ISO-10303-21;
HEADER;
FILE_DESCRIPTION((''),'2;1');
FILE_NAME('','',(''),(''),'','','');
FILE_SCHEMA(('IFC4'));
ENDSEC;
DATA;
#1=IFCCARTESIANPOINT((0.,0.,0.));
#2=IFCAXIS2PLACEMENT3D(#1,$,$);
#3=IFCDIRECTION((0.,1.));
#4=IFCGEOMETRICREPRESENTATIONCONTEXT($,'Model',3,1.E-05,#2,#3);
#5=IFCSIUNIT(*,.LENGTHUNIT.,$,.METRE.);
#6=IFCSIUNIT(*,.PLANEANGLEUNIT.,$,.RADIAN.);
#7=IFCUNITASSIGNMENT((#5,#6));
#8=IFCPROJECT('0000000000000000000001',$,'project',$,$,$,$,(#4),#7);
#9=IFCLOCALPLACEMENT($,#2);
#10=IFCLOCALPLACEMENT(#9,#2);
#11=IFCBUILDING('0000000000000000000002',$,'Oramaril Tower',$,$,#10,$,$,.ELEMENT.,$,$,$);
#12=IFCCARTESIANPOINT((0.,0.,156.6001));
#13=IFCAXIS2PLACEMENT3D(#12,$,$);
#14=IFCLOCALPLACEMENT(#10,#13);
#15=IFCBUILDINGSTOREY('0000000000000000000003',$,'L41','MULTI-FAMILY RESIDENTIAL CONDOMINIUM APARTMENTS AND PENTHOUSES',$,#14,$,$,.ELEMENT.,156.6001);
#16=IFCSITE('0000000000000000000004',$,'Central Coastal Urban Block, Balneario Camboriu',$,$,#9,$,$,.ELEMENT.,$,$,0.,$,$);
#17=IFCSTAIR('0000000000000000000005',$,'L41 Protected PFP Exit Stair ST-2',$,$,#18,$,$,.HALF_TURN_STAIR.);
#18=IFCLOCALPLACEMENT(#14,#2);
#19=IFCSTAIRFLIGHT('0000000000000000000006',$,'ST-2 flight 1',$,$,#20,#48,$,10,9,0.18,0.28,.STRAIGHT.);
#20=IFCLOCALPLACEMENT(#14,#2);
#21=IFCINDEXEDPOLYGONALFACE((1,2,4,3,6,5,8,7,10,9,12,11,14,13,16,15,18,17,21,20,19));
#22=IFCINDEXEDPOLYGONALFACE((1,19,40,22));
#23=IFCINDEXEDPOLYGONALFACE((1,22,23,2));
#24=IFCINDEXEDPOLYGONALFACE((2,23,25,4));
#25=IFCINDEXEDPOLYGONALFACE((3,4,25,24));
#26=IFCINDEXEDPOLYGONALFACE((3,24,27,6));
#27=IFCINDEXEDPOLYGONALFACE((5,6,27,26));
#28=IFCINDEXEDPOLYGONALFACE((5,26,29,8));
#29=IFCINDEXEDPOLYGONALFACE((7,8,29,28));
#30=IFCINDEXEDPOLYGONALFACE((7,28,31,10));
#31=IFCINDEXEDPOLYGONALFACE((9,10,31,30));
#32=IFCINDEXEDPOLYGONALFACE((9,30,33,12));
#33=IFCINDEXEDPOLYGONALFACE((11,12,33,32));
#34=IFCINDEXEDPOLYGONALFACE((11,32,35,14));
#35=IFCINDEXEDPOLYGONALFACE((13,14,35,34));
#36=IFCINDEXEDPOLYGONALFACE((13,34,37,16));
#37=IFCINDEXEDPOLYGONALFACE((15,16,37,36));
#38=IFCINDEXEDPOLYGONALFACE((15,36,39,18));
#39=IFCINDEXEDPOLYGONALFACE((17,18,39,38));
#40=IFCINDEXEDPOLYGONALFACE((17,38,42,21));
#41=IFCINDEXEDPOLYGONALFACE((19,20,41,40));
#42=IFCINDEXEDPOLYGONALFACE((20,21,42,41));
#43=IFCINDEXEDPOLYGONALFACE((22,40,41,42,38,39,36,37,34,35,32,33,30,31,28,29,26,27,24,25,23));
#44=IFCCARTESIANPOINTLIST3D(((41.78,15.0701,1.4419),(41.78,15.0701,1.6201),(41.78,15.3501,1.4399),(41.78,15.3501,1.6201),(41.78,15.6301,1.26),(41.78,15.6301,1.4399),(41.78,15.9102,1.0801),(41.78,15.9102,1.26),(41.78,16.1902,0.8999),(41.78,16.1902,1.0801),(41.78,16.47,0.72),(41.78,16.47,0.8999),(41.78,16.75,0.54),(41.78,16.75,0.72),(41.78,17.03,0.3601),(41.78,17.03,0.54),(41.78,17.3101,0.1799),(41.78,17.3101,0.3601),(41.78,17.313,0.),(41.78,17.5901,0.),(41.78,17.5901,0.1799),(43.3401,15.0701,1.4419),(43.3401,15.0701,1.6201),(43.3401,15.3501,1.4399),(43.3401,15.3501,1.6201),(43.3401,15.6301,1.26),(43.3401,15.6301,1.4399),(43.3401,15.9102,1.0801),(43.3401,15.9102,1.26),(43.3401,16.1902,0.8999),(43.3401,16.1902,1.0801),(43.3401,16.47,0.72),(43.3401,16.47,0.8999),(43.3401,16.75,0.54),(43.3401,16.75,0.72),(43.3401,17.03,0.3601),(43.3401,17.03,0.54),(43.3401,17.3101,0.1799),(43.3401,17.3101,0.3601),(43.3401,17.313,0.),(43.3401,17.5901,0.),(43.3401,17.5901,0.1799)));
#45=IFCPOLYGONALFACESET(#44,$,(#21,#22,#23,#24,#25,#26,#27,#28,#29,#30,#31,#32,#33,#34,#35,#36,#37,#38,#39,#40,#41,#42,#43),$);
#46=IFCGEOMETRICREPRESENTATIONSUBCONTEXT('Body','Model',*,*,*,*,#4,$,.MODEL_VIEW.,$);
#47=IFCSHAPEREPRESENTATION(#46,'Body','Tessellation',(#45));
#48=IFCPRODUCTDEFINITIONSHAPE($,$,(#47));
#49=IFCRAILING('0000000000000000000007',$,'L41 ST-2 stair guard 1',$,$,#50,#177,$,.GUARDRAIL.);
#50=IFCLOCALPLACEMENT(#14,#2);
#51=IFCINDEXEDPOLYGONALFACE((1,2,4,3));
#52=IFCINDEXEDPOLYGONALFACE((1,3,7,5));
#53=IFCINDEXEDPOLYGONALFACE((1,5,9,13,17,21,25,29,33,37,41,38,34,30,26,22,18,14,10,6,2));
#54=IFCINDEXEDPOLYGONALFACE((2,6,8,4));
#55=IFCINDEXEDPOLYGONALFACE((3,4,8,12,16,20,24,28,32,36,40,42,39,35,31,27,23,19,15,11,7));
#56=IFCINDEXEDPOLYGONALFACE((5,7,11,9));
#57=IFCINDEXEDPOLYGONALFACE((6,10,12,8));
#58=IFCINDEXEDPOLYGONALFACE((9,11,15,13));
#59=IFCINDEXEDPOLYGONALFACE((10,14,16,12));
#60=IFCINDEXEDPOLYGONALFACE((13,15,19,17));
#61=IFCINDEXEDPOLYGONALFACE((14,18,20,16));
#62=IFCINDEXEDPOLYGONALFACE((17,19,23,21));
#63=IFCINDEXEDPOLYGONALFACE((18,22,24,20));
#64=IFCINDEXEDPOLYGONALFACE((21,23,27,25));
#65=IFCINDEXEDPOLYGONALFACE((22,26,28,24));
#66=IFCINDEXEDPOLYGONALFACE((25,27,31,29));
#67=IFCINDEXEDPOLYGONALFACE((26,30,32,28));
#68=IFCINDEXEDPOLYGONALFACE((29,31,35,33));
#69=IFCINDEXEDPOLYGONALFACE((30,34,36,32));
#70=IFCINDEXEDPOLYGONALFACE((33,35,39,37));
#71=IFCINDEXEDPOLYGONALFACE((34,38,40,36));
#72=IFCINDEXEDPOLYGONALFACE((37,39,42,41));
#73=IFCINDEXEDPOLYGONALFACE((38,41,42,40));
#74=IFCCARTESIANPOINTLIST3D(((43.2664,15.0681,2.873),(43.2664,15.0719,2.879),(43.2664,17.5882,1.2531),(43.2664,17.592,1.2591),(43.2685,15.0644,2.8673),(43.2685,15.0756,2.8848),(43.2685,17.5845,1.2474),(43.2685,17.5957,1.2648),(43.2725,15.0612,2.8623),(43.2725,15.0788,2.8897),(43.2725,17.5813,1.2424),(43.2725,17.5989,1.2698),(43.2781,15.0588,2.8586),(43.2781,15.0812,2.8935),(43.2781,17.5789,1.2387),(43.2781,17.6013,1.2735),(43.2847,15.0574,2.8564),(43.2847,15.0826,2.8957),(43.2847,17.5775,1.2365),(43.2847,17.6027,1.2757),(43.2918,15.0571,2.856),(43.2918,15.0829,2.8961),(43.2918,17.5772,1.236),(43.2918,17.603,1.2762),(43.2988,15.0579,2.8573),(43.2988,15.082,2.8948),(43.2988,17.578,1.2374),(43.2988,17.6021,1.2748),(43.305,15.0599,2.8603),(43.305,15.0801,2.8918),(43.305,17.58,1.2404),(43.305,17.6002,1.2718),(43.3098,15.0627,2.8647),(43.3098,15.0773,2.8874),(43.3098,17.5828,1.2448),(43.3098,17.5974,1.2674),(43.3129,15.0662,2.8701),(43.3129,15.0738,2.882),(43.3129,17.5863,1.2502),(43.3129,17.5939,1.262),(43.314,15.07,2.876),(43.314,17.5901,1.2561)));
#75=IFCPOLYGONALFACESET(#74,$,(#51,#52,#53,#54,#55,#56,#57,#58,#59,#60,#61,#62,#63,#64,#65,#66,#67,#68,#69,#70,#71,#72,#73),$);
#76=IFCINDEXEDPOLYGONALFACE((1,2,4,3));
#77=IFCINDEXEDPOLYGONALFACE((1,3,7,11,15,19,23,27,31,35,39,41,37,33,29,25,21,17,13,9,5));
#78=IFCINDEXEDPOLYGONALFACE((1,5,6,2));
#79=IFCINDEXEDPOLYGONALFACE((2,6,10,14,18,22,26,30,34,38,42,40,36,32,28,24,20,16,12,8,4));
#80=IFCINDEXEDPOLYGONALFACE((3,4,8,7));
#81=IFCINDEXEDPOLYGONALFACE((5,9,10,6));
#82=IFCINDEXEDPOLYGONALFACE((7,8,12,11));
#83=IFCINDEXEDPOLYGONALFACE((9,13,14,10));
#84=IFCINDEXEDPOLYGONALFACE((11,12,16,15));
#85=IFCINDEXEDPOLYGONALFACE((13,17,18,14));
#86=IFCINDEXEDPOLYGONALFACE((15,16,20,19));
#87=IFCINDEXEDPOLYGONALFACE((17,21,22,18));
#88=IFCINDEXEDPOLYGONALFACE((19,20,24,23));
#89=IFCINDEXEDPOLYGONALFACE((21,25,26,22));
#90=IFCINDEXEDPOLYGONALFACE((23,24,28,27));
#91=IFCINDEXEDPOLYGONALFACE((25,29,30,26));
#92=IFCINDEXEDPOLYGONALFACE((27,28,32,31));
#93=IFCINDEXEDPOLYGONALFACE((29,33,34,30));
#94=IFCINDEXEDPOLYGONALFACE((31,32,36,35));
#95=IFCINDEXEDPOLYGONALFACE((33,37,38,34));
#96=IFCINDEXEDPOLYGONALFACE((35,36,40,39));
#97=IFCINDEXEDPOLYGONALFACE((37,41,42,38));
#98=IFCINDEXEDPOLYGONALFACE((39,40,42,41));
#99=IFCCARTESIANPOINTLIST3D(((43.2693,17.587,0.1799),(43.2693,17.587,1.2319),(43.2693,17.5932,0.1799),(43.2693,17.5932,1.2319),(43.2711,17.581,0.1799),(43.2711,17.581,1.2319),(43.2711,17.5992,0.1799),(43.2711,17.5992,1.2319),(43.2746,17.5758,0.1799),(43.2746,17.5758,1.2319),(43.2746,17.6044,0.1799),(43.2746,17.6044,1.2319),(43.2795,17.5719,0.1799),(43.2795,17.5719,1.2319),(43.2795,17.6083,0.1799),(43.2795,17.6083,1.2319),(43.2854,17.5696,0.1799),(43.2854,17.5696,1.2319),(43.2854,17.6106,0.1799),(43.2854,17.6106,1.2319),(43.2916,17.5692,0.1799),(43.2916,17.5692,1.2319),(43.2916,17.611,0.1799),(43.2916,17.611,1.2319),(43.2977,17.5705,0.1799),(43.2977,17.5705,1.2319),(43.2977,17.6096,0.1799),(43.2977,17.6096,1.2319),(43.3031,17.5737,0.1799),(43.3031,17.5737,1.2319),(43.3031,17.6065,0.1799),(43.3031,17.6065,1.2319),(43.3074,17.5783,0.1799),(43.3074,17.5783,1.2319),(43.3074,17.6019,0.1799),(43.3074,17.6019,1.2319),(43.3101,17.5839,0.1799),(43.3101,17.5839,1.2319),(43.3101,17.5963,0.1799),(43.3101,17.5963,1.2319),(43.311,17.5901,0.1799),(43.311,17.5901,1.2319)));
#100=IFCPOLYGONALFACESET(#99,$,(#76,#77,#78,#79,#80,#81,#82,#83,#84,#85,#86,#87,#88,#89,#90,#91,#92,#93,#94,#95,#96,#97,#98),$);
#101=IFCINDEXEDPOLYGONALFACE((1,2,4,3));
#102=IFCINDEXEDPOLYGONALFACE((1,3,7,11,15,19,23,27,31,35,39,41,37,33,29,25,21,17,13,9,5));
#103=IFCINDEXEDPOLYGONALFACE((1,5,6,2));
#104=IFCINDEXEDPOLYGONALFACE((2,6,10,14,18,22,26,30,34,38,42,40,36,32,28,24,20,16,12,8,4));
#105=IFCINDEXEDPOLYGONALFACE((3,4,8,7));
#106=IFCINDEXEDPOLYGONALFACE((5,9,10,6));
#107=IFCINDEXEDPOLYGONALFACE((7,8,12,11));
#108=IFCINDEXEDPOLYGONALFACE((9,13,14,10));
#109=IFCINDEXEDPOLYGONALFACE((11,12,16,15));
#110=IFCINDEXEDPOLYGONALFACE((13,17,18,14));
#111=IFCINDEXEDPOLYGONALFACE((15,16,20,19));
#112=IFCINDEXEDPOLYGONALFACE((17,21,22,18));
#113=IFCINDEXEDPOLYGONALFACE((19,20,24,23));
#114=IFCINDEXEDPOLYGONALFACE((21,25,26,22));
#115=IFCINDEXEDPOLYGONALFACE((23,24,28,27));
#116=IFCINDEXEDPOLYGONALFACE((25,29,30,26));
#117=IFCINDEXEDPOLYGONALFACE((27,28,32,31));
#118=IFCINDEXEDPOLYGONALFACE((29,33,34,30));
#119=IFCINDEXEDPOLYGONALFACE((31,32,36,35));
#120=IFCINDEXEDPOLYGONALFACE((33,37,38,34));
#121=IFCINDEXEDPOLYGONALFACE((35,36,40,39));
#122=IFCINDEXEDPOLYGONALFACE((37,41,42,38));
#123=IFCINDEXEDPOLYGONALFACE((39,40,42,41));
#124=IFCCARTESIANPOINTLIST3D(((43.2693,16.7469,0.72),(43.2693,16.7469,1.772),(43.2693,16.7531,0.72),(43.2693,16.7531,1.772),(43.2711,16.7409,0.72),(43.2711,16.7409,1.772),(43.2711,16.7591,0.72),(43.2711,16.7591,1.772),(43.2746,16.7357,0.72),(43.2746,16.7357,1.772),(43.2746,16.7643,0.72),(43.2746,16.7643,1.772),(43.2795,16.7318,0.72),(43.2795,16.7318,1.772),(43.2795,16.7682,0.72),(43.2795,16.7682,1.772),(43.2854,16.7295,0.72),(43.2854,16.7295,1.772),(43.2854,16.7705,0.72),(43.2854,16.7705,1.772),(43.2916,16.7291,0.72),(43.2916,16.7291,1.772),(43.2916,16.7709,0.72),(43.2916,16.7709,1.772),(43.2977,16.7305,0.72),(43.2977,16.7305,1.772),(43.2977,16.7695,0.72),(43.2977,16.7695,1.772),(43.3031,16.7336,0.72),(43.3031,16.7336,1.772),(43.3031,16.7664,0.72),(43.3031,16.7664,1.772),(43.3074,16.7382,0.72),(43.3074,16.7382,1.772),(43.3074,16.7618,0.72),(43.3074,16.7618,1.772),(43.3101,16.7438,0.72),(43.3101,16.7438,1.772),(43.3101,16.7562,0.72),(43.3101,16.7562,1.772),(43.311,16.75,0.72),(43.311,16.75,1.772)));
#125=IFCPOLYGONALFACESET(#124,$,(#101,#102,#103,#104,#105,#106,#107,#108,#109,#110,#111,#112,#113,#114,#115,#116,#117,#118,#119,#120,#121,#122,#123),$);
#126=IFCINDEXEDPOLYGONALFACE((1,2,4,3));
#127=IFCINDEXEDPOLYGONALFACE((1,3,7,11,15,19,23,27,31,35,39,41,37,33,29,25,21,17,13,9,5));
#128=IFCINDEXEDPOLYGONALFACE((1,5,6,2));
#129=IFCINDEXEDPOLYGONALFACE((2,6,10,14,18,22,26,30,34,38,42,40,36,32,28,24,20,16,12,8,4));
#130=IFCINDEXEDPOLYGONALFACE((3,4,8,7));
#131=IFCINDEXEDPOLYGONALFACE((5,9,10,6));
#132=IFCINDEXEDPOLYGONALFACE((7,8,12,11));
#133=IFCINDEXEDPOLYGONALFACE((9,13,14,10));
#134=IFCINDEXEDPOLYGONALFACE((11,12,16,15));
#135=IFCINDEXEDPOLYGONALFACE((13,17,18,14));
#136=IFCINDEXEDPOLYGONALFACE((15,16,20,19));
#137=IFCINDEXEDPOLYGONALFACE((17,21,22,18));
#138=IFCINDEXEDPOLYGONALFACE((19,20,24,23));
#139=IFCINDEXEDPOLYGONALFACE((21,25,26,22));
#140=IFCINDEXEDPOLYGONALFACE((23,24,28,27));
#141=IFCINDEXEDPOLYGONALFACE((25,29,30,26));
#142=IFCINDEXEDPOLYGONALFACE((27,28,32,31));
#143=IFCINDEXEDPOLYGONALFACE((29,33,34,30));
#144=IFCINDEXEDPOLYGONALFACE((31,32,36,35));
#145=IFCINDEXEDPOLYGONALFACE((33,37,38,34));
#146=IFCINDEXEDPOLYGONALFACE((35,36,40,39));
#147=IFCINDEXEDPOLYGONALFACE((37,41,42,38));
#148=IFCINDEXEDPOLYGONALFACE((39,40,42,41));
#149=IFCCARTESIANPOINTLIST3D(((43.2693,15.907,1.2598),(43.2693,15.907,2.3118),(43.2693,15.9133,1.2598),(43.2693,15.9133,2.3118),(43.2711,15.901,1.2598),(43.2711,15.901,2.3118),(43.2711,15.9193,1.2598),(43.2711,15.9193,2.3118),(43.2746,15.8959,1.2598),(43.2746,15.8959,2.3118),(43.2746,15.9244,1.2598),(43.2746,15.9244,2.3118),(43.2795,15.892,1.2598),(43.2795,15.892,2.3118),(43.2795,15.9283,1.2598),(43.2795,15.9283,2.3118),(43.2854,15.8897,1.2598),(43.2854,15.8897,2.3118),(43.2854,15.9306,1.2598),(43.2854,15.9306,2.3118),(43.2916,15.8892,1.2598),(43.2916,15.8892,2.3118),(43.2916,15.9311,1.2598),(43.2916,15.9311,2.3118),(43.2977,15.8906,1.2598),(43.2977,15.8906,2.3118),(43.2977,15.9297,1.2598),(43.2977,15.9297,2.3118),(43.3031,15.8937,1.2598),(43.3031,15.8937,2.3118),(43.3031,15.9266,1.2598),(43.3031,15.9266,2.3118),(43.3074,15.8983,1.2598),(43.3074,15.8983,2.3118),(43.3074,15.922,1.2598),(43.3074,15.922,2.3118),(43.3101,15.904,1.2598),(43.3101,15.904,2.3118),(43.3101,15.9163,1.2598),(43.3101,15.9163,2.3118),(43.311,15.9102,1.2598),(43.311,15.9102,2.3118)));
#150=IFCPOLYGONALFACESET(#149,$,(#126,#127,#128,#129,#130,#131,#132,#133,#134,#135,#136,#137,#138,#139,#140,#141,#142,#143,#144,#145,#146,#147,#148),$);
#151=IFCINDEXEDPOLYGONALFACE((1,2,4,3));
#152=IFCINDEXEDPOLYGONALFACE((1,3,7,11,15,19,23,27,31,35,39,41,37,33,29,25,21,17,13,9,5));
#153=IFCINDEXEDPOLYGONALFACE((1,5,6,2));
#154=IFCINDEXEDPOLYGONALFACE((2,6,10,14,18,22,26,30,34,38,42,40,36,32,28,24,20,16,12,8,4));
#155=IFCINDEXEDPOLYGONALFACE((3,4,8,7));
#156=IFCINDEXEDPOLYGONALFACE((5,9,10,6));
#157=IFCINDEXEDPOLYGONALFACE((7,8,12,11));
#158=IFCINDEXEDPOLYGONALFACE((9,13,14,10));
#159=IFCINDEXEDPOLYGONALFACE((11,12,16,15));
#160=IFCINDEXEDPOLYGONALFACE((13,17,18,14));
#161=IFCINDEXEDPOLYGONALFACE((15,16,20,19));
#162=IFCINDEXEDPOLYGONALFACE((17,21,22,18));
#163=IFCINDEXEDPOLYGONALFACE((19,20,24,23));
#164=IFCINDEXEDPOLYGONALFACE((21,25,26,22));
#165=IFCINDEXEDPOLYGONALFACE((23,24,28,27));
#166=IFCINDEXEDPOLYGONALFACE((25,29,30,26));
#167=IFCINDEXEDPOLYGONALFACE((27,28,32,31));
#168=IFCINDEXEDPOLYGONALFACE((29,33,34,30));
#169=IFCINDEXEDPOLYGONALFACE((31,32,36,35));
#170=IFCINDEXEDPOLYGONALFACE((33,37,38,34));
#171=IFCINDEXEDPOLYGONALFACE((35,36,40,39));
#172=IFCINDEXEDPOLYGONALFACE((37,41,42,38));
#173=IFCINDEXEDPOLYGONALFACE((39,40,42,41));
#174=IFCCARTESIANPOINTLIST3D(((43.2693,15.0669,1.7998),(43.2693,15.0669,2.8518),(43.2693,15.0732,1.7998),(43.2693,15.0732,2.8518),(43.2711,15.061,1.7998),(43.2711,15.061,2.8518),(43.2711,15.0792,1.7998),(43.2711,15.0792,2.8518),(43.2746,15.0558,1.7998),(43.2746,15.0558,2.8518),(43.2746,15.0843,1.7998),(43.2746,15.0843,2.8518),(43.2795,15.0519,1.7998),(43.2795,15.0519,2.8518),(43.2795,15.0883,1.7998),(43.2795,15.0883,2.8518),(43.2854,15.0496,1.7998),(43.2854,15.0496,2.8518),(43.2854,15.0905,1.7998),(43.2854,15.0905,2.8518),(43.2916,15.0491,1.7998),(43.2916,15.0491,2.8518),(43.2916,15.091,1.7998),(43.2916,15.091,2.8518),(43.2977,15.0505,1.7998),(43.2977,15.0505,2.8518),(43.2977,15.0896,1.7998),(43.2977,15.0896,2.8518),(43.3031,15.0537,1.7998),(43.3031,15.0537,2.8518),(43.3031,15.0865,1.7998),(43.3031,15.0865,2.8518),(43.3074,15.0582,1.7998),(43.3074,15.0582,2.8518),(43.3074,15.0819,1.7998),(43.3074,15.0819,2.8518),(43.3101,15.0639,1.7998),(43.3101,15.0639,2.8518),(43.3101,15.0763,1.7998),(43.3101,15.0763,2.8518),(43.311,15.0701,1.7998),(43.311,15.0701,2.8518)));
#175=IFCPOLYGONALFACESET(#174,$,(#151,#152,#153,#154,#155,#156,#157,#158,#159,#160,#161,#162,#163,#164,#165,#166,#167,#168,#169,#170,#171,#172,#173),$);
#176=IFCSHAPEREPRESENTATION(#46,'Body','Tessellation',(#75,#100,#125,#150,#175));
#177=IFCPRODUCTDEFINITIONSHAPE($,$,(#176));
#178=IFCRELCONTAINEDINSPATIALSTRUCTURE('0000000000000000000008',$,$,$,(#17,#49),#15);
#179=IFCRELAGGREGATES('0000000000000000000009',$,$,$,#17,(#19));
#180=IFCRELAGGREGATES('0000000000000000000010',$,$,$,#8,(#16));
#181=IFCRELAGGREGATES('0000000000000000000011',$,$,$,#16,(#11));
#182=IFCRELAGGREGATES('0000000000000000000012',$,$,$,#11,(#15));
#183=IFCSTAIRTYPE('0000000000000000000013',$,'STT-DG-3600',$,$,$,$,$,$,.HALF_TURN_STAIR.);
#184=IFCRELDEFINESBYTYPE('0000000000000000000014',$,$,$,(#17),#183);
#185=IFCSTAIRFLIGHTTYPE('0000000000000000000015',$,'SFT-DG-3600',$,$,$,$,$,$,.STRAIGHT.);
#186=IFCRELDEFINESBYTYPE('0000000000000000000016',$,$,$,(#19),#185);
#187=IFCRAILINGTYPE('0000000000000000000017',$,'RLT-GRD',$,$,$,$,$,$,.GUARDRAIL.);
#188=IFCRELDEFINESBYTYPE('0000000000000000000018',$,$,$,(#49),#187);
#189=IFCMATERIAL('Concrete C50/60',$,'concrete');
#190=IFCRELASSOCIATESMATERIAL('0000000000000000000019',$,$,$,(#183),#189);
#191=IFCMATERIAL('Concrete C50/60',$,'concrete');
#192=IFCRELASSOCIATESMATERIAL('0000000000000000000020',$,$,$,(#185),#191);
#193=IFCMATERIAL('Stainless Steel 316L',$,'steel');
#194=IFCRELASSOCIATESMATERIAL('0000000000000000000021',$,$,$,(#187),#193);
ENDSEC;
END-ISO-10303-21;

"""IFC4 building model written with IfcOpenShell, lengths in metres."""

from ifc_helpers import new_model, si_unit, direction, frame, origin, origin_2d, place, context, subcontext, project, spatial, polyline, circle, outline, extrude, material, type_object, element, aggregate, save


model = new_model("IFC4")

# Units and contexts
model_context = context("Model", 3, precision=1e-05, world=origin(), true_north=direction((0.0, 1.0)))
body_context = subcontext(model_context, "Body", "Model", "MODEL_VIEW")
ifc_project = project(units=[si_unit("LENGTHUNIT", "METRE"), si_unit("PLANEANGLEUNIT", "RADIAN")], contexts=[model_context])

# Site, building, storey
site_placement = place(None, origin())
site = spatial("IfcSite", under=ifc_project, at=site_placement, Name="Central Coastal Urban Block, Balneario Camboriu", CompositionType="ELEMENT", RefElevation=0.0)
building_placement = place(site_placement, origin())
building = spatial("IfcBuilding", under=site, at=building_placement, Name="Oramaril Tower", CompositionType="ELEMENT")
storey_placement = place(building_placement, frame((0.0, 0.0, 156.6001)))
storey = spatial("IfcBuildingStorey", under=building, at=storey_placement, Name="L41", Description="MULTI-FAMILY RESIDENTIAL CONDOMINIUM APARTMENTS AND PENTHOUSES", CompositionType="ELEMENT", Elevation=156.6001)

# Stair, stair flight
ifc_material_1 = material(Name="Concrete C50/60", Category="concrete")
stair_type = type_object("IfcStairType", Name="STT-DG-3600", PredefinedType="HALF_TURN_STAIR", material=ifc_material_1)
stair_placement = place(storey_placement, origin())
stair = element("IfcStair", 1, at=stair_placement, inside=storey, type_object=stair_type, Name="L41 Protected PFP Exit Stair ST-2", PredefinedType="HALF_TURN_STAIR")
ifc_material_2 = material(Name="Concrete C50/60", Category="concrete")
stair_flight_type = type_object("IfcStairFlightType", Name="SFT-DG-3600", PredefinedType="STRAIGHT", material=ifc_material_2)
stair_flight_placement = place(storey_placement, frame((42.5601, 17.5901, 0.0), z_axis=(0.0, 0.0, 1.0), x_axis=(0.0, -1.0, 0.0)))
stair_flight = element("IfcStairFlight", 2, at=stair_flight_placement, type_object=stair_flight_type, Name="ST-2 flight 1", NumberOfRisers=10, NumberOfTreads=9, PredefinedType="STRAIGHT", RiserHeight=0.18, TreadLength=0.28, context=body_context, shape_type="SweptSolid", body=[
    extrude(outline(polyline([(0.0, 0.0), (0.0, 0.1799), (0.28, 0.1799), (0.28, 0.3601), (0.5601, 0.3601), (0.5601, 0.54), (0.8401, 0.54), (0.8401, 0.72), (1.1201, 0.72), (1.1201, 0.8999), (1.3999, 0.8999), (1.3999, 1.0801), (1.6799, 1.0801), (1.6799, 1.26), (1.96, 1.26), (1.96, 1.4399), (2.24, 1.4399), (2.24, 1.6201), (2.52, 1.6201), (2.52, 1.8), (2.52, 1.4419), (0.2771, 0.0), (0.0, 0.0)])), frame((0.0, 0.78, 0.0), z_axis=(0.0, -1.0, 0.0), x_axis=(1.0, 0.0, 0.0)), (0.0, 0.0, 1.0), 1.5601),
])
aggregate(stair, [stair_flight])

# Railing
ifc_material_3 = material(Name="Stainless Steel 316L", Category="steel")
railing_type_1 = type_object("IfcRailingType", Name="RLT-GRD", PredefinedType="GUARDRAIL", material=ifc_material_3)
railing_1_placement = place(storey_placement, frame((43.29, 17.5901, 0.1799)))
element("IfcRailing", 3, at=railing_1_placement, inside=storey, type_object=railing_type_1, Name="L41 ST-2 stair guard 1", PredefinedType="GUARDRAIL", context=body_context, shape_type="SweptSolid", body=[
    extrude(circle(Radius=0.0239, at=origin_2d()), frame((0.0, 0.0, 1.0762), z_axis=(0.0, -0.8412, 0.540725), x_axis=(1.0, 0.0, 0.0)), (0.0, 0.0, 1.0), 2.9958),
    extrude(circle(Radius=0.021, at=origin_2d()), origin(), (0.0, 0.0, 1.0), 1.052),
    extrude(circle(Radius=0.021, at=origin_2d()), frame((0.0, -0.8401, 0.54)), (0.0, 0.0, 1.0), 1.052),
    extrude(circle(Radius=0.021, at=origin_2d()), frame((0.0, -1.6799, 1.0798)), (0.0, 0.0, 1.0), 1.052),
    extrude(circle(Radius=0.021, at=origin_2d()), frame((0.0, -2.52, 1.6199)), (0.0, 0.0, 1.0), 1.052),
])

save(model, "model.ifc")
